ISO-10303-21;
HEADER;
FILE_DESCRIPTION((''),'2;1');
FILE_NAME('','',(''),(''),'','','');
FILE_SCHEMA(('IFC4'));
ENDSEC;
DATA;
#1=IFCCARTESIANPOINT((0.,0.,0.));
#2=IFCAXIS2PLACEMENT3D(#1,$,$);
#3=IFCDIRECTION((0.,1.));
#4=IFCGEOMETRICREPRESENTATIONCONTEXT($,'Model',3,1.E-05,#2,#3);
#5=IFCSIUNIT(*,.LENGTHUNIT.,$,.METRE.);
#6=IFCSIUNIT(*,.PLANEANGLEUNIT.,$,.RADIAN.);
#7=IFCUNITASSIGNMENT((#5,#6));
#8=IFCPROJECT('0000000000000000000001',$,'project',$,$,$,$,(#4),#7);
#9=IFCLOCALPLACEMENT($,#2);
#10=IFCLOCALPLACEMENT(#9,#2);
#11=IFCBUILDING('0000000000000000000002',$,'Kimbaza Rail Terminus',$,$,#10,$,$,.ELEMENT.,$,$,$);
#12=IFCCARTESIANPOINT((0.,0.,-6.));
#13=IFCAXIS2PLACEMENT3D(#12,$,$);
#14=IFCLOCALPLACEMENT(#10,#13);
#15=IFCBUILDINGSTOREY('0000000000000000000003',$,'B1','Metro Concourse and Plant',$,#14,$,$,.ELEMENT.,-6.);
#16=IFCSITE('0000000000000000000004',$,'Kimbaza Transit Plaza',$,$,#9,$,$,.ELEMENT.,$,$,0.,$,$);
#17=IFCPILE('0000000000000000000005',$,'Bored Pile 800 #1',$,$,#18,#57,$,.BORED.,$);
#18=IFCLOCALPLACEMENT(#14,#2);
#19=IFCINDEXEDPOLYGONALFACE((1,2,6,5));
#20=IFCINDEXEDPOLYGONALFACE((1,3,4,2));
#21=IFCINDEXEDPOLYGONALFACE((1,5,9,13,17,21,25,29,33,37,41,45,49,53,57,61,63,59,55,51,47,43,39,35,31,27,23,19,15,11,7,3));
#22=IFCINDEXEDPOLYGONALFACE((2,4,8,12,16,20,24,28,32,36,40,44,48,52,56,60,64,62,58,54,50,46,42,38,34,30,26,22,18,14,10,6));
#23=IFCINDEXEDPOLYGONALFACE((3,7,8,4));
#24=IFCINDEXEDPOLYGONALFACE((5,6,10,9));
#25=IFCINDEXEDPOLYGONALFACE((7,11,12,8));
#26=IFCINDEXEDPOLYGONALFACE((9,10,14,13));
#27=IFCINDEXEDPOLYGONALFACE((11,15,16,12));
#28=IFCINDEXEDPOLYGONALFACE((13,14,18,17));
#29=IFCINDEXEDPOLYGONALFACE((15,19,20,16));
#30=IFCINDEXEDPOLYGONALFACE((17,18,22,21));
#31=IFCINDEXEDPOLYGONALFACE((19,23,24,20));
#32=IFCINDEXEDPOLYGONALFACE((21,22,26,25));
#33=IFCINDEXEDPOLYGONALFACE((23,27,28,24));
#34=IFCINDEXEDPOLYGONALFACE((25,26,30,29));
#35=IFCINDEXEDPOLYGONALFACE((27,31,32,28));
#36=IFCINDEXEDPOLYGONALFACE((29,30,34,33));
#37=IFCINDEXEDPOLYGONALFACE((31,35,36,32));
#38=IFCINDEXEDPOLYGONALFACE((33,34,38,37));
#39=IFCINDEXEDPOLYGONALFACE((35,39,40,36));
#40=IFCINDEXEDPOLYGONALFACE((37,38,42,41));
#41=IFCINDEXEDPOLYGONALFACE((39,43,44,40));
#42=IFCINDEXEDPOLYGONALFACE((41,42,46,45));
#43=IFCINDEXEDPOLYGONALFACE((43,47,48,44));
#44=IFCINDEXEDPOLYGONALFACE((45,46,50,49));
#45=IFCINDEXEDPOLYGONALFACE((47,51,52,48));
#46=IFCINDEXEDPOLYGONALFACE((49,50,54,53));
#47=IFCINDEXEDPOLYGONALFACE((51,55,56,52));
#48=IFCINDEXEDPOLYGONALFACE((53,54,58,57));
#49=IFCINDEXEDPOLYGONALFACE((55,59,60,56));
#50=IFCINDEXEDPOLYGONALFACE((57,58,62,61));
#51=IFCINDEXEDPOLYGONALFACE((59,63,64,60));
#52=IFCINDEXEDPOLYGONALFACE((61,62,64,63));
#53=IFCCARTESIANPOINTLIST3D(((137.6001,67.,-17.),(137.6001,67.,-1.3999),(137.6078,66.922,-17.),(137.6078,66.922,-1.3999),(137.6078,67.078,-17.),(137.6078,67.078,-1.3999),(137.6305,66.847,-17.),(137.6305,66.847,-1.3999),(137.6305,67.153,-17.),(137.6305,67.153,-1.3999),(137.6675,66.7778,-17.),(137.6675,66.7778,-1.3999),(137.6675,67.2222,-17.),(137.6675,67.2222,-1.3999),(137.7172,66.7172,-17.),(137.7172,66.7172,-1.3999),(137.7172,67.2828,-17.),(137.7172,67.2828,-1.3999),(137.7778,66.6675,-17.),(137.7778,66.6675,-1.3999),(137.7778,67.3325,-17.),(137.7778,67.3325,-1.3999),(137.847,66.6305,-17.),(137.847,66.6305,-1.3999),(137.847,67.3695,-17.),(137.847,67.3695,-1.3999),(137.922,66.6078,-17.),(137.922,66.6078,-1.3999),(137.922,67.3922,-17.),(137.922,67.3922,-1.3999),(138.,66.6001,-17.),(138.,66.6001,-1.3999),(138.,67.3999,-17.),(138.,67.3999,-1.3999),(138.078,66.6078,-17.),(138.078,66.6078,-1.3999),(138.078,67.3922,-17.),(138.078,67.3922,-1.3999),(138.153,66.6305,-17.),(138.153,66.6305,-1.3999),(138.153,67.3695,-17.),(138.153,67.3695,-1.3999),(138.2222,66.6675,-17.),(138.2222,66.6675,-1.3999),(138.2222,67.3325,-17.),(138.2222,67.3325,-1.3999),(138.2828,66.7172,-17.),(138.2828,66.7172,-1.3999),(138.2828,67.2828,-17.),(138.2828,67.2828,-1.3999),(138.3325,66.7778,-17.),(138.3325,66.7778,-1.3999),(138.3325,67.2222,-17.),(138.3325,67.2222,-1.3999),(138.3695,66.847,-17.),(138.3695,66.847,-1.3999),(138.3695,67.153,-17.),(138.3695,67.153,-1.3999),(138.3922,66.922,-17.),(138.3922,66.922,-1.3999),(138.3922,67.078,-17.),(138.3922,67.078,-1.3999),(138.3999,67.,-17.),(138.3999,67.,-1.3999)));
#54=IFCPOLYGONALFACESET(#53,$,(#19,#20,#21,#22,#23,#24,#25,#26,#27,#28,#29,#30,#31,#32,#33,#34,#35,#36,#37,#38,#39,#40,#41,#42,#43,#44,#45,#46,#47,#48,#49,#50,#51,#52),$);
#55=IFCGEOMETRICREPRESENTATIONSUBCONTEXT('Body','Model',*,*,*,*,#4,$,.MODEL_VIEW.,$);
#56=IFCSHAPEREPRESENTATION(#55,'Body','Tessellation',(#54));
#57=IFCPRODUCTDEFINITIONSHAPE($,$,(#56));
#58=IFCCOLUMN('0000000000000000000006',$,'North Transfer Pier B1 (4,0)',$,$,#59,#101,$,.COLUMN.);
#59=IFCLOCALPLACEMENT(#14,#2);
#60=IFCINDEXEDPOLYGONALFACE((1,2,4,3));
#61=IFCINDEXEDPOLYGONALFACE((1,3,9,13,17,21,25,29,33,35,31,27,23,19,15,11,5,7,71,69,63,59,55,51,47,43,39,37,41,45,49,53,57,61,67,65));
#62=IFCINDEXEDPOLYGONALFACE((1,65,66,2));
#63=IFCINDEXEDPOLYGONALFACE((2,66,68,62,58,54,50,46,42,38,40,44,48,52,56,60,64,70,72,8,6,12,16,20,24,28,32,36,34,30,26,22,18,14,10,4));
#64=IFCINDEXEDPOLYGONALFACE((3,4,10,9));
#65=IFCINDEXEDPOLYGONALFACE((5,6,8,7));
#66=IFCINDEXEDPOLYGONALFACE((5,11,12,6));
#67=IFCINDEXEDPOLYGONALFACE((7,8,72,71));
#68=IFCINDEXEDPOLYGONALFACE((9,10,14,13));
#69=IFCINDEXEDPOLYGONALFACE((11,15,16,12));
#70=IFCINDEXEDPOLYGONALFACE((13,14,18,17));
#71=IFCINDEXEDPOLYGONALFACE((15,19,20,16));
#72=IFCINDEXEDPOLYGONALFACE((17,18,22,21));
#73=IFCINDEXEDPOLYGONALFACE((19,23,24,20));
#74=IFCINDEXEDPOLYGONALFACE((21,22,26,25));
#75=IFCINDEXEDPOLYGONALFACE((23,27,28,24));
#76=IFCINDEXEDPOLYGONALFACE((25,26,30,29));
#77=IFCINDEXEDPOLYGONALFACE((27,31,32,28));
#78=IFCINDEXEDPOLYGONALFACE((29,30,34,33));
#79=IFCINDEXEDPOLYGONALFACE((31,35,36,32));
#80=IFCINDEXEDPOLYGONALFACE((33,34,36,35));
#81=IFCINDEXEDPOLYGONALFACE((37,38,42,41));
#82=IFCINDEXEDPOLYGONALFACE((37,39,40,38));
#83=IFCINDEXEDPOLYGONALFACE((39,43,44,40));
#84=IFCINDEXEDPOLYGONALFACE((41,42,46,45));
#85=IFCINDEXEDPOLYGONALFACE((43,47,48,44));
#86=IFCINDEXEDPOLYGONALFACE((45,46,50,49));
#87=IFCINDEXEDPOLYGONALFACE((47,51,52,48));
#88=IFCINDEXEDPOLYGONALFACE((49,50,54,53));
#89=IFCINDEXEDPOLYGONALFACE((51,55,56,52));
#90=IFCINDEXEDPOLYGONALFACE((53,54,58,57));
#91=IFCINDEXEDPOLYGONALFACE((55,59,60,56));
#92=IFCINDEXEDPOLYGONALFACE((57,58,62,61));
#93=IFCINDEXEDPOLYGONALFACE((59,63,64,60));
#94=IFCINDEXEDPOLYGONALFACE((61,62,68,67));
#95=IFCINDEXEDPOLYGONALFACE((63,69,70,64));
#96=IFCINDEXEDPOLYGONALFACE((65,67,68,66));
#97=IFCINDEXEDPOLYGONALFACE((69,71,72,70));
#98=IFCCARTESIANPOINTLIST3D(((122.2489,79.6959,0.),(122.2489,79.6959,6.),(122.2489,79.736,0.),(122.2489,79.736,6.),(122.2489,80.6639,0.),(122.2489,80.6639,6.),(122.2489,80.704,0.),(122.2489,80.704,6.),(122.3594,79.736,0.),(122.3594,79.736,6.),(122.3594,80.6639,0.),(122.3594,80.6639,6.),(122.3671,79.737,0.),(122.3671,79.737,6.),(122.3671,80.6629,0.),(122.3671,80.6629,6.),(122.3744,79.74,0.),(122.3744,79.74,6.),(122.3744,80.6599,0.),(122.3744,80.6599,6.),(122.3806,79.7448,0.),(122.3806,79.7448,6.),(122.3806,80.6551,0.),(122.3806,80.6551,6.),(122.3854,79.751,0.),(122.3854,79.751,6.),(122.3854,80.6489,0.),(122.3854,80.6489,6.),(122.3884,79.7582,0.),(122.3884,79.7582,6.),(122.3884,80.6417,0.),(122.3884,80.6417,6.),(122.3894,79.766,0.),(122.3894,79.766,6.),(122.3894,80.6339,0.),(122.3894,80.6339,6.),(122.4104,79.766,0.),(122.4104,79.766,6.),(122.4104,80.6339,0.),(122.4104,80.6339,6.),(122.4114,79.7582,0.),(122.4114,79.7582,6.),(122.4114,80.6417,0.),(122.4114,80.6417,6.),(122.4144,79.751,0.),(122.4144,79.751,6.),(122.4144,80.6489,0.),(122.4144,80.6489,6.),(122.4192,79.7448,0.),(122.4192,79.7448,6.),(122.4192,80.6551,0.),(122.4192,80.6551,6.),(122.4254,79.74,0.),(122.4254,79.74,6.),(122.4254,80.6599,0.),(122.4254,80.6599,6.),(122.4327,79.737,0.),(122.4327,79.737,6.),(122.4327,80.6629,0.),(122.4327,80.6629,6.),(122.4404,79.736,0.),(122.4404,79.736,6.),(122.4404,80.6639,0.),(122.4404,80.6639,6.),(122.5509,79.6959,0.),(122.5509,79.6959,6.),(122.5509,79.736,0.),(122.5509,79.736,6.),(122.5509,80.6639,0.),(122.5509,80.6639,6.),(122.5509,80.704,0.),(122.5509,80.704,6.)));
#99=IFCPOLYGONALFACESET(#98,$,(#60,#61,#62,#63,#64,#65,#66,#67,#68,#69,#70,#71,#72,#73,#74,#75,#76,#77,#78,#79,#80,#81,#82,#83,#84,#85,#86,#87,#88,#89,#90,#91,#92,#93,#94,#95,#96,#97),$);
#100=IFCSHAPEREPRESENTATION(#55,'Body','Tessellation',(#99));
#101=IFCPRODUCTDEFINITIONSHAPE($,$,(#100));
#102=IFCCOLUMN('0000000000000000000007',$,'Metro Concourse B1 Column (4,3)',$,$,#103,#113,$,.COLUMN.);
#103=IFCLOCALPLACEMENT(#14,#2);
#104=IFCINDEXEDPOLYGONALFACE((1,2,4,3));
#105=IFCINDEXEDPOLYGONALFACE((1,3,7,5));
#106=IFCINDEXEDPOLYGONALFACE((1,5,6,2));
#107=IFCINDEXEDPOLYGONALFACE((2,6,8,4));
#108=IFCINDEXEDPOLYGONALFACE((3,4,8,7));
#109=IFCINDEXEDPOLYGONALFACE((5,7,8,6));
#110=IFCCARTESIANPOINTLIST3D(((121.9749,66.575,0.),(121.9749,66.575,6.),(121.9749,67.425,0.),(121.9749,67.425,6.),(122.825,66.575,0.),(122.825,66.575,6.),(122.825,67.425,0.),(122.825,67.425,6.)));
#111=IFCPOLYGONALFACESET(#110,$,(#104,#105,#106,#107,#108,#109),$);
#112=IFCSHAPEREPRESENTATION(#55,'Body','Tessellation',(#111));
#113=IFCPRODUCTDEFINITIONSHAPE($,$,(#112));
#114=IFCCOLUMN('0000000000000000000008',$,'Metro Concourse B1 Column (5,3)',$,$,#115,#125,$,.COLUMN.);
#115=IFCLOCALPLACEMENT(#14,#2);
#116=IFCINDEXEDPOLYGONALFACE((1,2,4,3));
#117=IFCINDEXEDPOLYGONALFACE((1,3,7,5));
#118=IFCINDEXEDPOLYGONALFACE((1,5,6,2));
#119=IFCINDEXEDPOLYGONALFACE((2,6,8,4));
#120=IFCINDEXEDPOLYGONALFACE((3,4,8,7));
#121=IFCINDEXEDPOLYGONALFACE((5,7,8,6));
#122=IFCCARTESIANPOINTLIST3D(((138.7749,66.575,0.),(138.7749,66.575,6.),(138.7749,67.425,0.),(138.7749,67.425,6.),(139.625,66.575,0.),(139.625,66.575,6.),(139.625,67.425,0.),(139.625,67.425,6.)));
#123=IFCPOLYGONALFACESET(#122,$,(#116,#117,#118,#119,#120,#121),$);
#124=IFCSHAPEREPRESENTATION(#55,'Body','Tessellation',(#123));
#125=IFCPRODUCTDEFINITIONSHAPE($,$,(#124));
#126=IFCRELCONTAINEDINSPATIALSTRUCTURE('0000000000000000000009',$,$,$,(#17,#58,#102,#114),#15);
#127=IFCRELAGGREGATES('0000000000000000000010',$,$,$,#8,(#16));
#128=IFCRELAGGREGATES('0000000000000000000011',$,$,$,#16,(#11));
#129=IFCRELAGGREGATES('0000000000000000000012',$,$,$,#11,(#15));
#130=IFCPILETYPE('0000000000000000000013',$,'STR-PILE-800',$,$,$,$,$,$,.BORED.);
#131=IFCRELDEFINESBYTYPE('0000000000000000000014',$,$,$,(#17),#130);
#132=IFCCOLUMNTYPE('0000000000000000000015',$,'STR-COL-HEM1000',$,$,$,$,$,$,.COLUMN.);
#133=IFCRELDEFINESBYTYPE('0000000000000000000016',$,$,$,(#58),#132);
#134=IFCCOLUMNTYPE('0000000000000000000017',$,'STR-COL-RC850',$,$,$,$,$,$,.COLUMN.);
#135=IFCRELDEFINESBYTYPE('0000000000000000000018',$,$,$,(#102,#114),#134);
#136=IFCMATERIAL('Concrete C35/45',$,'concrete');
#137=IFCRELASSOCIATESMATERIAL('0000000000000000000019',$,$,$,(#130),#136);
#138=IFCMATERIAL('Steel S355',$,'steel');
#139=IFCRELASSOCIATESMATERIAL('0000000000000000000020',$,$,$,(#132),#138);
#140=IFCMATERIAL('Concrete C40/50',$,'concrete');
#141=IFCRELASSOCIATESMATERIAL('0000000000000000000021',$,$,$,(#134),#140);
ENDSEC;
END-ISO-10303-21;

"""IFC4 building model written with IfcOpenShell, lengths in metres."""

from ifc_helpers import new_model, si_unit, direction, frame, origin, origin_2d, place, context, subcontext, project, spatial, rectangle, circle, i_section, extrude, material, material_profile, profile_set, type_object, element, save


model = new_model("IFC4")

# Units and contexts
model_context = context("Model", 3, precision=1e-05, world=origin(), true_north=direction((0.0, 1.0)))
body_context = subcontext(model_context, "Body", "Model", "MODEL_VIEW")
ifc_project = project(units=[si_unit("LENGTHUNIT", "METRE"), si_unit("PLANEANGLEUNIT", "RADIAN")], contexts=[model_context])

# Site, building, storey
site_placement = place(None, origin())
site = spatial("IfcSite", under=ifc_project, at=site_placement, Name="Kimbaza Transit Plaza", CompositionType="ELEMENT", RefElevation=0.0)
building_placement = place(site_placement, origin())
building = spatial("IfcBuilding", under=site, at=building_placement, Name="Kimbaza Rail Terminus", CompositionType="ELEMENT")
storey_placement = place(building_placement, frame((0.0, 0.0, -6.0)))
storey = spatial("IfcBuildingStorey", under=building, at=storey_placement, Name="B1", Description="Metro Concourse and Plant", CompositionType="ELEMENT", Elevation=-6.0)

# Pile
ifc_material_1 = material(Name="Concrete C35/45", Category="concrete")
ifc_material_profile_1 = material_profile(ifc_material_1, circle(Radius=0.3999, at=origin_2d()), Name="BORED PILE 800")
ifc_profile_set_1 = profile_set([ifc_material_profile_1], Name="Concrete C35/45")
pile_type_1 = type_object("IfcPileType", Name="STR-PILE-800", PredefinedType="BORED", material=ifc_profile_set_1)
for number, where, z_axis, x_axis, name in (
    (1, (138.0, 67.0, -1.3999), (0.0, 0.0, -1.0), (1.0, 0.0, 0.0), "Bored Pile 800 #1"),
):
    element("IfcPile", number, at=place(storey_placement, frame(where, z_axis=z_axis, x_axis=x_axis)), inside=storey, type_object=pile_type_1, Name=name, PredefinedType="BORED", context=body_context, shape_type="SweptSolid", body=[
        extrude(circle(Radius=0.3999, at=origin_2d()), origin(), (0.0, 0.0, 1.0), 15.6001),
    ])

# Columns
ifc_material_2 = material(Name="Steel S355", Category="steel")
ifc_material_profile_2 = material_profile(ifc_material_2, i_section(OverallWidth=0.302, OverallDepth=1.0081, WebThickness=0.021, FlangeThickness=0.04, FilletRadius=0.03, at=origin_2d()), Name="HEM 1000")
ifc_profile_set_2 = profile_set([ifc_material_profile_2], Name="Steel S355")
column_type_1 = type_object("IfcColumnType", Name="STR-COL-HEM1000", PredefinedType="COLUMN", material=ifc_profile_set_2)
column_placement = place(storey_placement, frame((122.3999, 80.2, 0.0), z_axis=(0.0, 0.0, 1.0), x_axis=(1.0, 0.0, 0.0)))
element("IfcColumn", 2, at=column_placement, inside=storey, type_object=column_type_1, Name="North Transfer Pier B1 (4,0)", PredefinedType="COLUMN", context=body_context, shape_type="SweptSolid", body=[
    extrude(i_section(OverallWidth=0.302, OverallDepth=1.0081, WebThickness=0.021, FlangeThickness=0.04, FilletRadius=0.03, at=origin_2d()), origin(), (0.0, 0.0, 1.0), 6.0),
])
ifc_material_3 = material(Name="Concrete C40/50", Category="concrete")
ifc_material_profile_3 = material_profile(ifc_material_3, rectangle(XDim=0.8501, YDim=0.8501, at=origin_2d()), Name="RC 850x850")
ifc_profile_set_3 = profile_set([ifc_material_profile_3], Name="Concrete C40/50")
column_type_2 = type_object("IfcColumnType", Name="STR-COL-RC850", PredefinedType="COLUMN", material=ifc_profile_set_3)
for number, where, z_axis, x_axis, name in (
    (3, (122.3999, 67.0, 0.0), (0.0, 0.0, 1.0), (1.0, 0.0, 0.0), "Metro Concourse B1 Column (4,3)"),
    (4, (139.2, 67.0, 0.0), (0.0, 0.0, 1.0), (1.0, 0.0, 0.0), "Metro Concourse B1 Column (5,3)"),
):
    element("IfcColumn", number, at=place(storey_placement, frame(where, z_axis=z_axis, x_axis=x_axis)), inside=storey, type_object=column_type_2, Name=name, PredefinedType="COLUMN", context=body_context, shape_type="SweptSolid", body=[
        extrude(rectangle(XDim=0.8501, YDim=0.8501, at=origin_2d()), origin(), (0.0, 0.0, 1.0), 6.0),
    ])

save(model, "model.ifc")
